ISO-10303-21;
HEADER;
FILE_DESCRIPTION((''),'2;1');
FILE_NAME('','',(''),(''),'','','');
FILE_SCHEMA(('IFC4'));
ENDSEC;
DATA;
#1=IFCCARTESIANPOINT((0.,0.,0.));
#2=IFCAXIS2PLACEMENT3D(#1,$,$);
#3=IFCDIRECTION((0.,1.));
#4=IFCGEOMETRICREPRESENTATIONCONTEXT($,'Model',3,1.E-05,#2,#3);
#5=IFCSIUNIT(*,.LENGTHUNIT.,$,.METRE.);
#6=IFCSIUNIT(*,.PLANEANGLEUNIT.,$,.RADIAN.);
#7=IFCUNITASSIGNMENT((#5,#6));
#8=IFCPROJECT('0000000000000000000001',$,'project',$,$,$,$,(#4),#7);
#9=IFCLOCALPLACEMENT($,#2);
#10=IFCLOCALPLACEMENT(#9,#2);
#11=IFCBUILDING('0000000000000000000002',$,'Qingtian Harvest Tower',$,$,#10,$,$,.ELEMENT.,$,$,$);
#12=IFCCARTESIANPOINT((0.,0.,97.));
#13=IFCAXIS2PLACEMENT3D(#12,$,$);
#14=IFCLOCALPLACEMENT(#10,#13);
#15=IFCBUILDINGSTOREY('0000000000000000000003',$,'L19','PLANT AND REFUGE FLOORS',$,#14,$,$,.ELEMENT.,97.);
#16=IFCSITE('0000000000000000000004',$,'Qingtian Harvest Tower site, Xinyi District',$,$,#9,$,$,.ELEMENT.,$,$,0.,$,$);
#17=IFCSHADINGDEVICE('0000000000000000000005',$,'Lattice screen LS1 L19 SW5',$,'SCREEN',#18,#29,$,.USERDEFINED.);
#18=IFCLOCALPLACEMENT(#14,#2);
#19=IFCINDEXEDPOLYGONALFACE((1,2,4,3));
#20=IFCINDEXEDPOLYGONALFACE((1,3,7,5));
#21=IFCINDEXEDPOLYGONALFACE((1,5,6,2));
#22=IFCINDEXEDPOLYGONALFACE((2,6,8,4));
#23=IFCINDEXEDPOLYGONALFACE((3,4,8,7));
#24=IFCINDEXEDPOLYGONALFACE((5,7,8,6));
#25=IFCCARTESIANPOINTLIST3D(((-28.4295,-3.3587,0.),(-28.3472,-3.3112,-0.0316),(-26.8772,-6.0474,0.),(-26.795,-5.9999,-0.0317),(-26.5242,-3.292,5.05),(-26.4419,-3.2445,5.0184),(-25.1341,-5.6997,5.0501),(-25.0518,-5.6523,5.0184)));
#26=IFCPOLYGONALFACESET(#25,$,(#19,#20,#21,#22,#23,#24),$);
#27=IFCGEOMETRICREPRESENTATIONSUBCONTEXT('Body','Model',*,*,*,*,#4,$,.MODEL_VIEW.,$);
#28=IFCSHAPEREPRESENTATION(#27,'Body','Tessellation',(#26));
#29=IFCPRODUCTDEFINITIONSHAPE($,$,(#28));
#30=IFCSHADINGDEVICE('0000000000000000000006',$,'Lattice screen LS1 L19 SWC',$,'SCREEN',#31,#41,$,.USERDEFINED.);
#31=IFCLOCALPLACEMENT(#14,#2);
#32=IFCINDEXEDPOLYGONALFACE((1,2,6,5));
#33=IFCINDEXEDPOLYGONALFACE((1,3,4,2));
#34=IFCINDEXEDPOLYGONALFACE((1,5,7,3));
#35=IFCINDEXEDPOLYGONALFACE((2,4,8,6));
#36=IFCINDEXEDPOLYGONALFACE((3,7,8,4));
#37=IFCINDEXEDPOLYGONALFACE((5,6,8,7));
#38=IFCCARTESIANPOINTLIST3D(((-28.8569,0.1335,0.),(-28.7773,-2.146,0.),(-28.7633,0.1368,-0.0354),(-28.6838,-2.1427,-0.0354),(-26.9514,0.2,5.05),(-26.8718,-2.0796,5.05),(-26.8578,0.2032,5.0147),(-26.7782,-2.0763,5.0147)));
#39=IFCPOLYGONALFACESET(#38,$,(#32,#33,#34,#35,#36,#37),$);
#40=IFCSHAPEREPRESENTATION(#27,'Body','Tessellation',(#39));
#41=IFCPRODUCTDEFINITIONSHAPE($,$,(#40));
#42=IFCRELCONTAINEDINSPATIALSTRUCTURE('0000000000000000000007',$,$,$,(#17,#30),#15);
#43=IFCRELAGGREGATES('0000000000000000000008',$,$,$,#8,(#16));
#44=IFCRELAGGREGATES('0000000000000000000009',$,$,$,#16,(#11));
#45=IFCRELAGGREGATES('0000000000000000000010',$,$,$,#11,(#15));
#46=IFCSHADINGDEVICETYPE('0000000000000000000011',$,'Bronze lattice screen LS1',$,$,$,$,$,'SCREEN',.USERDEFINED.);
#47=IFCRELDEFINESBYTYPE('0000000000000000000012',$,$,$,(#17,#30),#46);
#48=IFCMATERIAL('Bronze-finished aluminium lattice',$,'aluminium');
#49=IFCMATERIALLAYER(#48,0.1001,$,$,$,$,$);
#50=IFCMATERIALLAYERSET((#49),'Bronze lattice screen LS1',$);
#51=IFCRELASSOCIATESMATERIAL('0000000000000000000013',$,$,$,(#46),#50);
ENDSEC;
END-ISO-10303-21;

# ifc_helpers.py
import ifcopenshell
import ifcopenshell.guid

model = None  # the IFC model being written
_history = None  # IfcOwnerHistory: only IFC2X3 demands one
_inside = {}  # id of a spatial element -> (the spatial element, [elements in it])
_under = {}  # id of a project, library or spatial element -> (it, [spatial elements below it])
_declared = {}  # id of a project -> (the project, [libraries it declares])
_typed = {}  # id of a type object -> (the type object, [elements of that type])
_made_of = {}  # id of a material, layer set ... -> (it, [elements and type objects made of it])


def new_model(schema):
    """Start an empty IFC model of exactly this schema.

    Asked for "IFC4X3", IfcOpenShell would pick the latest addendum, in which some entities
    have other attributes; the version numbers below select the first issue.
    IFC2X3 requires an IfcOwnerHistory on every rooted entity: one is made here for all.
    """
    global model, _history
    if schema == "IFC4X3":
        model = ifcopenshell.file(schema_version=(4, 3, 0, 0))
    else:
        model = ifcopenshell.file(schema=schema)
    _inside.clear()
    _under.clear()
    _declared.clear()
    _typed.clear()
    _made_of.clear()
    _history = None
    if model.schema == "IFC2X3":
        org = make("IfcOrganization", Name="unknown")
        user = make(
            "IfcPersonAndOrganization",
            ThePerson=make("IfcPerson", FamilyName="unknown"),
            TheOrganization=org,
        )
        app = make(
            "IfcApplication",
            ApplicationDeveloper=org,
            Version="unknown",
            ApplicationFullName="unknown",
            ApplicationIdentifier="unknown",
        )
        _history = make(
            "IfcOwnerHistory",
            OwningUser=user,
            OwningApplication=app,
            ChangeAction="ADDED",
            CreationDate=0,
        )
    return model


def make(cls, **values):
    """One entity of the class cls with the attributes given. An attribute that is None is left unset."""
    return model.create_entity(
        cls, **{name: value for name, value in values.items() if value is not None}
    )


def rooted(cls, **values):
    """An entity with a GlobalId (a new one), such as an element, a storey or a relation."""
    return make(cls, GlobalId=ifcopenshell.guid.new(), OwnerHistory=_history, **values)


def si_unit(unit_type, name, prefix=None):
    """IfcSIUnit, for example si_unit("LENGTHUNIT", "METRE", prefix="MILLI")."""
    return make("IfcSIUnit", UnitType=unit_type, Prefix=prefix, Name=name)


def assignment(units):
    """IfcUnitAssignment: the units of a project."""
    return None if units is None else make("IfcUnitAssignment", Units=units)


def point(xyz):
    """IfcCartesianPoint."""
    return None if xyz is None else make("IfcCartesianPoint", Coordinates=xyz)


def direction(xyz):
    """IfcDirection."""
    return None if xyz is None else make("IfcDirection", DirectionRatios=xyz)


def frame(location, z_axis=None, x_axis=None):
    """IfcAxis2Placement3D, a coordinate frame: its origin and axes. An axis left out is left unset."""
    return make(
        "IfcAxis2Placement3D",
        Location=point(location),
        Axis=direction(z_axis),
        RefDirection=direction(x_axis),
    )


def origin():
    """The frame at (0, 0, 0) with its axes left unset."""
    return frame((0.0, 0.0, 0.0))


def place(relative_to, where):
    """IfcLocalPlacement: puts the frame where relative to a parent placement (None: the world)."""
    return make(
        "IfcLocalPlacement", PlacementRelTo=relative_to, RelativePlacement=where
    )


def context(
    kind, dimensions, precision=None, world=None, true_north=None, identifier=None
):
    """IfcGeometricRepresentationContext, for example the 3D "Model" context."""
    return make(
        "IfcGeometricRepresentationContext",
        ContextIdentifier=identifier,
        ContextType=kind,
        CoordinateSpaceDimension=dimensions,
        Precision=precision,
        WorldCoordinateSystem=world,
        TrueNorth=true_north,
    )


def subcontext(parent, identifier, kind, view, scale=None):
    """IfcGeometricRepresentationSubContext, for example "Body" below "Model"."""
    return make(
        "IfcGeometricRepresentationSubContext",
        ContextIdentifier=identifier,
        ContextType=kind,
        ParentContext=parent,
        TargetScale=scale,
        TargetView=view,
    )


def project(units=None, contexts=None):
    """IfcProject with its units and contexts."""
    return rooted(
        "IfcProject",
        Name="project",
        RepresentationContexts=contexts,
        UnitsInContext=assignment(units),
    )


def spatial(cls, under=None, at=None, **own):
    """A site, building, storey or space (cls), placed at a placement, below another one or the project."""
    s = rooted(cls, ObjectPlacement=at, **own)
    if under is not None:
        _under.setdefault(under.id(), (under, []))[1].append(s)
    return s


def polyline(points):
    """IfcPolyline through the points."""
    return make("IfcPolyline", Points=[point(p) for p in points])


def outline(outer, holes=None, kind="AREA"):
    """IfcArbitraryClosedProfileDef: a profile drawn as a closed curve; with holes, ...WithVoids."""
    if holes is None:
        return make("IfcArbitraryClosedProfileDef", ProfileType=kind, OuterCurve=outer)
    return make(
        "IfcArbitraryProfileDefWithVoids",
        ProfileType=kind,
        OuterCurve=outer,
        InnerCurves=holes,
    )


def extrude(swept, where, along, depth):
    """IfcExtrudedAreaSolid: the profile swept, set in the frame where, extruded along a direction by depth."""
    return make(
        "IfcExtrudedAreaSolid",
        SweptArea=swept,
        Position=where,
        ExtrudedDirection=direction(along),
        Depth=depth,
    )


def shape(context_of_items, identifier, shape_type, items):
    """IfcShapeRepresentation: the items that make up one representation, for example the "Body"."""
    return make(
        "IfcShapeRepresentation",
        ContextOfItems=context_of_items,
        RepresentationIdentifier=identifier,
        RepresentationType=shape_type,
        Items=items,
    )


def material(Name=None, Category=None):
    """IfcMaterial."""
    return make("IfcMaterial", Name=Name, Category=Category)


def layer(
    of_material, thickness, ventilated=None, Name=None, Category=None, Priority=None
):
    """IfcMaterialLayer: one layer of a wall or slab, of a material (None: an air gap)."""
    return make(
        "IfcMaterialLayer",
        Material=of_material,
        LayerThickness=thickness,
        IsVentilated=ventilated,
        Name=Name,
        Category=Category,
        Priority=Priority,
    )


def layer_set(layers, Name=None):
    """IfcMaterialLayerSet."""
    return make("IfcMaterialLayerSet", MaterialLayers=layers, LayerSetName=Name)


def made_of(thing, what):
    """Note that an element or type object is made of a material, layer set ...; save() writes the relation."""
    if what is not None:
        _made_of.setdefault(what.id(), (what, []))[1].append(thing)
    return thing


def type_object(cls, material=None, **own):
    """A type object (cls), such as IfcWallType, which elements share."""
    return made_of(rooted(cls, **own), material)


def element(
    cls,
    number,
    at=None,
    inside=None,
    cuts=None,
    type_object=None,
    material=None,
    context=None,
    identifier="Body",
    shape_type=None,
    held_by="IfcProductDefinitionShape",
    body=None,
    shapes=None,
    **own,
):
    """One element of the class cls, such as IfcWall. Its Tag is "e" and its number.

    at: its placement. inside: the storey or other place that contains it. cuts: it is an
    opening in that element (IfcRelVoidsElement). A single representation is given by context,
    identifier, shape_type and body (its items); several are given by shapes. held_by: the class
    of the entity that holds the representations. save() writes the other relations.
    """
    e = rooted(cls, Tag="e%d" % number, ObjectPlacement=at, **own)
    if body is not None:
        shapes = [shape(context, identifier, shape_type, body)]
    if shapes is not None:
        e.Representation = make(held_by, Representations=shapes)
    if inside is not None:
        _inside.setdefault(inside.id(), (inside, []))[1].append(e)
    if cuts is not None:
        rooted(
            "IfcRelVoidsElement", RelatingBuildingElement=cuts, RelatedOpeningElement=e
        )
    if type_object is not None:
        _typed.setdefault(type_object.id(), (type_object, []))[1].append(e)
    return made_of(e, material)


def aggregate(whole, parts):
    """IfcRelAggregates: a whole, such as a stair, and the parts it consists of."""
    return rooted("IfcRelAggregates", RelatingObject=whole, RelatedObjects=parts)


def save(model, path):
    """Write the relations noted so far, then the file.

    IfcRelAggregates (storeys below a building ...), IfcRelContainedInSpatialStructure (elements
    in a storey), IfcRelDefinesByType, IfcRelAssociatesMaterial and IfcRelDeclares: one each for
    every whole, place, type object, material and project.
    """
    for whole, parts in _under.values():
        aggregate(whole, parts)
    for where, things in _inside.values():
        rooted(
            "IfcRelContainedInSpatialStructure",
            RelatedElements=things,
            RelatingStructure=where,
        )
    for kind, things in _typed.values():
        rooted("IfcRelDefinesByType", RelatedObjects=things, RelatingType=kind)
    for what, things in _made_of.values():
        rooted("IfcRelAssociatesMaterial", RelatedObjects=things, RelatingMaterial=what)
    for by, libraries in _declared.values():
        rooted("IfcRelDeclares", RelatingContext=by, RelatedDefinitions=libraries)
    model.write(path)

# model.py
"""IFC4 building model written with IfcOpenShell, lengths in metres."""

from ifc_helpers import new_model, si_unit, direction, frame, origin, place, context, subcontext, project, spatial, polyline, outline, extrude, material, layer, layer_set, type_object, element, save


model = new_model("IFC4")

# Units and contexts
model_context = context("Model", 3, precision=1e-05, world=origin(), true_north=direction((0.0, 1.0)))
body_context = subcontext(model_context, "Body", "Model", "MODEL_VIEW")
ifc_project = project(units=[si_unit("LENGTHUNIT", "METRE"), si_unit("PLANEANGLEUNIT", "RADIAN")], contexts=[model_context])

# Site, building, storey
site_placement = place(None, origin())
site = spatial("IfcSite", under=ifc_project, at=site_placement, Name="Qingtian Harvest Tower site, Xinyi District", CompositionType="ELEMENT", RefElevation=0.0)
building_placement = place(site_placement, origin())
building = spatial("IfcBuilding", under=site, at=building_placement, Name="Qingtian Harvest Tower", CompositionType="ELEMENT")
storey_placement = place(building_placement, frame((0.0, 0.0, 97.0)))
storey = spatial("IfcBuildingStorey", under=building, at=storey_placement, Name="L19", Description="PLANT AND REFUGE FLOORS", CompositionType="ELEMENT", Elevation=97.0)

# Shading devices
ifc_material_1 = material(Name="Bronze-finished aluminium lattice", Category="aluminium")
ifc_layer_1 = layer(ifc_material_1, 0.1001)
ifc_layer_set_1 = layer_set([ifc_layer_1], Name="Bronze lattice screen LS1")
shading_device_type = type_object("IfcShadingDeviceType", Name="Bronze lattice screen LS1", ElementType="SCREEN", PredefinedType="USERDEFINED", material=ifc_layer_set_1)
shading_device_1_placement = place(storey_placement, frame((-26.8772, -6.0474, 0.0), z_axis=(-0.821584, -0.474335, 0.316237), x_axis=(-0.499993, 0.86603, 0.000005)))
element("IfcShadingDevice", 1, at=shading_device_1_placement, inside=storey, type_object=shading_device_type, Name="Lattice screen LS1 L19 SW5", ObjectType="SCREEN", PredefinedType="USERDEFINED", context=body_context, shape_type="SweptSolid", body=[
    extrude(outline(polyline([(0.0, 0.0), (3.1046, 0.0), (2.2097, -5.3232), (-0.5705, -5.3233), (0.0, 0.0)])), origin(), (0.0, 0.0, -1.0), 0.1001),
])
shading_device_2_placement = place(storey_placement, frame((-28.7773, -2.146, 0.0), z_axis=(-0.934971, -0.032644, 0.353219), x_axis=(-0.034894, 0.999391, 0.0)))
element("IfcShadingDevice", 2, at=shading_device_2_placement, inside=storey, type_object=shading_device_type, Name="Lattice screen LS1 L19 SWC", ObjectType="SCREEN", PredefinedType="USERDEFINED", context=body_context, shape_type="SweptSolid", body=[
    extrude(outline(polyline([(0.0, 0.0), (2.2809, 0.0), (2.2808, -5.398), (-0.0001, -5.398), (0.0, 0.0)])), origin(), (0.0, 0.0, -1.0), 0.1001),
])

save(model, "model.ifc")
